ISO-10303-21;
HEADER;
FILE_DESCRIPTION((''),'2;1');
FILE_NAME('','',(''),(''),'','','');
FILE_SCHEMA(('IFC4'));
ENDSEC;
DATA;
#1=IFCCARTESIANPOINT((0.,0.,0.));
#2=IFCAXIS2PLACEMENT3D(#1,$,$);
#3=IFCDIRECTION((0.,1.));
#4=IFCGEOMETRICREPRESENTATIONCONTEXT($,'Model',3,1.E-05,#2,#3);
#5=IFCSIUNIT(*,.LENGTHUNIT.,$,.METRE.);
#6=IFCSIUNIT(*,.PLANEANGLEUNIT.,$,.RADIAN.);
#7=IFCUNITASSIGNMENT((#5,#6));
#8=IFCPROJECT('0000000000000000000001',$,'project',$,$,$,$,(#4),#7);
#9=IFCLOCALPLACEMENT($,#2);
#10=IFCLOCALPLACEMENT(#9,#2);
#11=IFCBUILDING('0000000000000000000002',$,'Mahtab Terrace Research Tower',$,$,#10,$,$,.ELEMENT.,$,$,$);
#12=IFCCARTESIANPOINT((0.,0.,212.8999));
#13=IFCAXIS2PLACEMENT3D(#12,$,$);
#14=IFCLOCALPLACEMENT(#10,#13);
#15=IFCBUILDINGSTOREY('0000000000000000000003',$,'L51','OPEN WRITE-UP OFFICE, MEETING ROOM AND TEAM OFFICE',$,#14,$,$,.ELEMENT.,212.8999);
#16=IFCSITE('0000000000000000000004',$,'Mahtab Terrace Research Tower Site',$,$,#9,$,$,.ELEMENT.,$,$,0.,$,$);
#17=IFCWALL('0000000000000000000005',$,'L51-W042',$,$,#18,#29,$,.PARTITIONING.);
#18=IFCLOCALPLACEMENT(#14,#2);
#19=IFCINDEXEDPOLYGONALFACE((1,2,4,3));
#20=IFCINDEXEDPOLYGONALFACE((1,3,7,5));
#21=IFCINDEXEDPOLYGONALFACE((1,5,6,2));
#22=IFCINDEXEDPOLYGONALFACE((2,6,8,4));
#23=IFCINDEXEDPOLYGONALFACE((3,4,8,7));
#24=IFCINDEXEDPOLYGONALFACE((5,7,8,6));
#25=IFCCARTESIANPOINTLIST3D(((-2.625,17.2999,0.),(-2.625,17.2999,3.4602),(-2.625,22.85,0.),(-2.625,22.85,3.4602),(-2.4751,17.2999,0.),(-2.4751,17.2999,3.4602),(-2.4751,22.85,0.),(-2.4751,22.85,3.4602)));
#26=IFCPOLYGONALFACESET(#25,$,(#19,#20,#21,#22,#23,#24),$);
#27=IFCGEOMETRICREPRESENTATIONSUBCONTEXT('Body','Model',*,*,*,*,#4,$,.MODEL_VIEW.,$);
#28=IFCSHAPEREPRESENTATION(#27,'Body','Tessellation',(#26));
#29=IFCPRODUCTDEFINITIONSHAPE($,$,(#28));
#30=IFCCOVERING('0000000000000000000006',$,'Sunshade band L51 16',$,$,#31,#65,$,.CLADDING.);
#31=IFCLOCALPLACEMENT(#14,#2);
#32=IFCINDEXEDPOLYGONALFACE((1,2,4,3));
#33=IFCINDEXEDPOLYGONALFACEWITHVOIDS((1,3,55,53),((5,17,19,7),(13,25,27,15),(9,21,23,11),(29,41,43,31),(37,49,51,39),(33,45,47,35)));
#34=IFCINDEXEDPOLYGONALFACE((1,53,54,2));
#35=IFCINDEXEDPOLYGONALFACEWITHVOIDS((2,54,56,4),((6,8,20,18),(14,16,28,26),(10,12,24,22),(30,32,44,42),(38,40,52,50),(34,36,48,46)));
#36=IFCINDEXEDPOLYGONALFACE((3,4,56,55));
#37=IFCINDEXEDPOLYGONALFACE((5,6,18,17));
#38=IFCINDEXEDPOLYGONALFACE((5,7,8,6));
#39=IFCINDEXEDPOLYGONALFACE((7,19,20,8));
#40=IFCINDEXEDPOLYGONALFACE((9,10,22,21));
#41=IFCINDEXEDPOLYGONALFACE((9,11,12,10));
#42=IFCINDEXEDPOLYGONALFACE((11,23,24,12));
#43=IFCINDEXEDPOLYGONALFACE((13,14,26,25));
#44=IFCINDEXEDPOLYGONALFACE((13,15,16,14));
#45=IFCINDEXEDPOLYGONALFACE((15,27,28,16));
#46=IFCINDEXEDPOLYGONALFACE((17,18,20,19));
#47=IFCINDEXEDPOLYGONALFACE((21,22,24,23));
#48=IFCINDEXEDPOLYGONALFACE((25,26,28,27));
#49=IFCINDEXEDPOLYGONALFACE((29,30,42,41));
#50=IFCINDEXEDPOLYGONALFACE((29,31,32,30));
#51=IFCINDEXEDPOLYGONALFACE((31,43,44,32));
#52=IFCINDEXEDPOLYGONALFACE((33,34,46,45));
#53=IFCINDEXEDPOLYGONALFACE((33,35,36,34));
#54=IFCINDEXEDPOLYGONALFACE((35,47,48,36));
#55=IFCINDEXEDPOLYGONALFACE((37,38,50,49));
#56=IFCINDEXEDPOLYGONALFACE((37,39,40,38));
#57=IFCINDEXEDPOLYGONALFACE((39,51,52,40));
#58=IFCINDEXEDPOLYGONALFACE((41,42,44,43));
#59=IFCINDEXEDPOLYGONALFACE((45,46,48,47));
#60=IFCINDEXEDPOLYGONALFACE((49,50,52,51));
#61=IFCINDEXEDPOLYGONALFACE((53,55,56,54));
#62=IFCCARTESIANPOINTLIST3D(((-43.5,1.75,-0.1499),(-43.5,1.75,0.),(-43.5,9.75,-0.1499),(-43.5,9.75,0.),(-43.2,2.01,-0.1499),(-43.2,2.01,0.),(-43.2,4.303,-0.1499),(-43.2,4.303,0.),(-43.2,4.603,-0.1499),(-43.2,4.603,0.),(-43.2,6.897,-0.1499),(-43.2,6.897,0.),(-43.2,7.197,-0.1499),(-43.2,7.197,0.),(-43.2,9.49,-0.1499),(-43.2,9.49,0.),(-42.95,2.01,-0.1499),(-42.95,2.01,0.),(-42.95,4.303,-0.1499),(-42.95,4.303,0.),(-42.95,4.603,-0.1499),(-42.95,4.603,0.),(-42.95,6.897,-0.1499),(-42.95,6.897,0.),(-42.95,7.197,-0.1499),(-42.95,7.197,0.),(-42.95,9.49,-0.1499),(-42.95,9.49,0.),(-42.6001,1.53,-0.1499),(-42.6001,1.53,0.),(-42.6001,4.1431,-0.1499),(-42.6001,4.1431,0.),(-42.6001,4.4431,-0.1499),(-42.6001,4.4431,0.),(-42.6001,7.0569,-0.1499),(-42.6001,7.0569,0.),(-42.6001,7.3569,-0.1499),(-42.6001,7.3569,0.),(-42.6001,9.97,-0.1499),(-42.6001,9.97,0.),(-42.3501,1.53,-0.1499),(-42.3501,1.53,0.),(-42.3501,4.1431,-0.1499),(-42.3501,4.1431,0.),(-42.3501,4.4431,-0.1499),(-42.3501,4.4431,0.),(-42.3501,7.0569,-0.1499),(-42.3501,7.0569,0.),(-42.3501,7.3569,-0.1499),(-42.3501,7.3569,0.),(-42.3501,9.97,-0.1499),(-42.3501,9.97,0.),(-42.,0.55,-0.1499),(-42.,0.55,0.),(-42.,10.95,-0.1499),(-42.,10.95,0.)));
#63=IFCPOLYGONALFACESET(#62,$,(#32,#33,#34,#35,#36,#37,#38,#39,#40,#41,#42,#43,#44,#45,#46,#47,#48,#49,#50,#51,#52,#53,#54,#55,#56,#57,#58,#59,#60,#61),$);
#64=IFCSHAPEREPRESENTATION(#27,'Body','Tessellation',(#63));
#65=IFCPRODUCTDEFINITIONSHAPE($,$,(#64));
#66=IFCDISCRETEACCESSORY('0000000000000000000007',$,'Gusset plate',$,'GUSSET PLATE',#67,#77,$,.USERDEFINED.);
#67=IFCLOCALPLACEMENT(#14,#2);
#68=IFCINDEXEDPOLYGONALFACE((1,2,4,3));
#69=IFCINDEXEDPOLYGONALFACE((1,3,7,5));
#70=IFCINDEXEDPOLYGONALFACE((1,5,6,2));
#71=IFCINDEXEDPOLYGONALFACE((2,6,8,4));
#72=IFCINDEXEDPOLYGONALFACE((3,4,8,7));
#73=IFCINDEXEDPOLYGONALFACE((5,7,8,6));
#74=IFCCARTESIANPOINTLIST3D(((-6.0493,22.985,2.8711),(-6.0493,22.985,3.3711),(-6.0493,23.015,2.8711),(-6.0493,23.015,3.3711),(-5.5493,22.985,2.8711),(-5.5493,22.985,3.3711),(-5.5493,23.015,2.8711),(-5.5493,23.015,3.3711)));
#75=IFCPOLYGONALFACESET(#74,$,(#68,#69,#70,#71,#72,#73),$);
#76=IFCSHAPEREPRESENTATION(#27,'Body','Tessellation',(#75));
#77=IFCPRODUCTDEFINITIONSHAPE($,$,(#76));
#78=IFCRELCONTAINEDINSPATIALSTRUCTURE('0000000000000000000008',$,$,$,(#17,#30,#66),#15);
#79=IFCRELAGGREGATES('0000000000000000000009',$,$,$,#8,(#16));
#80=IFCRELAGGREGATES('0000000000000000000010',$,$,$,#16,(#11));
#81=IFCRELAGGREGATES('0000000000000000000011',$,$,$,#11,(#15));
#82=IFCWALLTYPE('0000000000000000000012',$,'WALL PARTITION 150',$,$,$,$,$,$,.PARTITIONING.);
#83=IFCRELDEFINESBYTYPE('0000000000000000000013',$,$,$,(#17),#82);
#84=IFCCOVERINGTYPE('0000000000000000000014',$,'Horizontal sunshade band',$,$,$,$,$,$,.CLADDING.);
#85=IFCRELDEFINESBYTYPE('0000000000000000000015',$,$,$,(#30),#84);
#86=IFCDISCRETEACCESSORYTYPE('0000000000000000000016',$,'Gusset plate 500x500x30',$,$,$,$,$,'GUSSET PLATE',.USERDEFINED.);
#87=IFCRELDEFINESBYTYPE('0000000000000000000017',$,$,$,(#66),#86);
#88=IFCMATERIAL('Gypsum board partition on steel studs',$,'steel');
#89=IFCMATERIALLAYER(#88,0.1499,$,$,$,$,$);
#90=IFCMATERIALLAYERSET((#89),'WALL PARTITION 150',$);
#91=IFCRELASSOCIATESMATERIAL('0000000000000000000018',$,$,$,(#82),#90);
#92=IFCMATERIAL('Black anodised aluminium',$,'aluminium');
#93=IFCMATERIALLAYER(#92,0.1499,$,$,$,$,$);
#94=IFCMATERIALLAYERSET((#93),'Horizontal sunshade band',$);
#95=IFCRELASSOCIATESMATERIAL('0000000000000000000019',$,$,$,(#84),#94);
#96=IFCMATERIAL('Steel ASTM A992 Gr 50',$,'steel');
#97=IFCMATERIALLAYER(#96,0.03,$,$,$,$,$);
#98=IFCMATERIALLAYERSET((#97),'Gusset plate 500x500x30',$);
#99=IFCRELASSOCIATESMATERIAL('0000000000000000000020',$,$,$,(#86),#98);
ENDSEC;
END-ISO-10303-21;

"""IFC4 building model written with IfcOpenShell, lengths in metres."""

from ifc_helpers import new_model, si_unit, direction, frame, frame_2d, origin, origin_2d, place, context, subcontext, project, spatial, polyline, rectangle, outline, extrude, material, layer, layer_set, type_object, element, save


model = new_model("IFC4")

# Units and contexts
model_context = context("Model", 3, precision=1e-05, world=origin(), true_north=direction((0.0, 1.0)))
body_context = subcontext(model_context, "Body", "Model", "MODEL_VIEW")
ifc_project = project(units=[si_unit("LENGTHUNIT", "METRE"), si_unit("PLANEANGLEUNIT", "RADIAN")], contexts=[model_context])

# Site, building, storey
site_placement = place(None, origin())
site = spatial("IfcSite", under=ifc_project, at=site_placement, Name="Mahtab Terrace Research Tower Site", CompositionType="ELEMENT", RefElevation=0.0)
building_placement = place(site_placement, origin())
building = spatial("IfcBuilding", under=site, at=building_placement, Name="Mahtab Terrace Research Tower", CompositionType="ELEMENT")
storey_placement = place(building_placement, frame((0.0, 0.0, 212.8999)))
storey = spatial("IfcBuildingStorey", under=building, at=storey_placement, Name="L51", Description="OPEN WRITE-UP OFFICE, MEETING ROOM AND TEAM OFFICE", CompositionType="ELEMENT", Elevation=212.8999)

# Shared definitions
ifc_material_1 = material(Name="Steel ASTM A992 Gr 50", Category="steel")

# Wall
ifc_material_2 = material(Name="Gypsum board partition on steel studs", Category="steel")
ifc_layer_1 = layer(ifc_material_2, 0.1499)
ifc_layer_set_1 = layer_set([ifc_layer_1], Name="WALL PARTITION 150")
wall_type_1 = type_object("IfcWallType", Name="WALL PARTITION 150", PredefinedType="PARTITIONING", material=ifc_layer_set_1)
wall_1_placement = place(storey_placement, frame((-2.55, 17.3, 0.0), z_axis=(0.0, 0.0, 1.0), x_axis=(0.0, 1.0, 0.0)))
element("IfcWall", 1, at=wall_1_placement, inside=storey, type_object=wall_type_1, Name="L51-W042", PredefinedType="PARTITIONING", context=body_context, shape_type="SweptSolid", body=[
    extrude(rectangle(XDim=5.55, YDim=0.1499, at=frame_2d((2.7749, 0.0))), origin(), (0.0, 0.0, 1.0), 3.4602),
])

# Covering
ifc_material_3 = material(Name="Black anodised aluminium", Category="aluminium")
ifc_layer_2 = layer(ifc_material_3, 0.1499)
ifc_layer_set_2 = layer_set([ifc_layer_2], Name="Horizontal sunshade band")
covering_type = type_object("IfcCoveringType", Name="Horizontal sunshade band", PredefinedType="CLADDING", material=ifc_layer_set_2)
covering_placement = place(storey_placement, frame((0.0, 0.0, -0.1499)))
element("IfcCovering", 2, at=covering_placement, inside=storey, type_object=covering_type, Name="Sunshade band L51 16", PredefinedType="CLADDING", context=body_context, shape_type="SweptSolid", body=[
    extrude(outline(polyline([(-42.0, 10.95), (-42.0, 0.55), (-43.5, 1.75), (-43.5, 9.75), (-42.0, 10.95)]), holes=[polyline([(-42.3501, 9.97), (-42.3501, 7.3569), (-42.6001, 7.3569), (-42.6001, 9.97), (-42.3501, 9.97)]), polyline([(-42.3501, 7.0569), (-42.3501, 4.4431), (-42.6001, 4.4431), (-42.6001, 7.0569), (-42.3501, 7.0569)]), polyline([(-42.3501, 4.1431), (-42.3501, 1.53), (-42.6001, 1.53), (-42.6001, 4.1431), (-42.3501, 4.1431)]), polyline([(-42.95, 9.49), (-42.95, 7.197), (-43.2, 7.197), (-43.2, 9.49), (-42.95, 9.49)]), polyline([(-42.95, 6.897), (-42.95, 4.603), (-43.2, 4.603), (-43.2, 6.897), (-42.95, 6.897)]), polyline([(-42.95, 4.303), (-42.95, 2.01), (-43.2, 2.01), (-43.2, 4.303), (-42.95, 4.303)])]), origin(), (0.0, 0.0, 1.0), 0.1499),
])

# Discrete accessory
ifc_layer_3 = layer(ifc_material_1, 0.03)
ifc_layer_set_3 = layer_set([ifc_layer_3], Name="Gusset plate 500x500x30")
discrete_accessory_type = type_object("IfcDiscreteAccessoryType", Name="Gusset plate 500x500x30", ElementType="GUSSET PLATE", PredefinedType="USERDEFINED", material=ifc_layer_set_3)
discrete_accessory_placement = place(storey_placement, frame((-5.7993, 23.0, 2.8711), z_axis=(0.0, 0.0, 1.0), x_axis=(1.0, 0.0, 0.0)))
element("IfcDiscreteAccessory", 3, at=discrete_accessory_placement, inside=storey, type_object=discrete_accessory_type, Name="Gusset plate", ObjectType="GUSSET PLATE", PredefinedType="USERDEFINED", context=body_context, shape_type="SweptSolid", body=[
    extrude(rectangle(XDim=0.5, YDim=0.03, at=origin_2d()), origin(), (0.0, 0.0, 1.0), 0.5),
])

save(model, "model.ifc")
